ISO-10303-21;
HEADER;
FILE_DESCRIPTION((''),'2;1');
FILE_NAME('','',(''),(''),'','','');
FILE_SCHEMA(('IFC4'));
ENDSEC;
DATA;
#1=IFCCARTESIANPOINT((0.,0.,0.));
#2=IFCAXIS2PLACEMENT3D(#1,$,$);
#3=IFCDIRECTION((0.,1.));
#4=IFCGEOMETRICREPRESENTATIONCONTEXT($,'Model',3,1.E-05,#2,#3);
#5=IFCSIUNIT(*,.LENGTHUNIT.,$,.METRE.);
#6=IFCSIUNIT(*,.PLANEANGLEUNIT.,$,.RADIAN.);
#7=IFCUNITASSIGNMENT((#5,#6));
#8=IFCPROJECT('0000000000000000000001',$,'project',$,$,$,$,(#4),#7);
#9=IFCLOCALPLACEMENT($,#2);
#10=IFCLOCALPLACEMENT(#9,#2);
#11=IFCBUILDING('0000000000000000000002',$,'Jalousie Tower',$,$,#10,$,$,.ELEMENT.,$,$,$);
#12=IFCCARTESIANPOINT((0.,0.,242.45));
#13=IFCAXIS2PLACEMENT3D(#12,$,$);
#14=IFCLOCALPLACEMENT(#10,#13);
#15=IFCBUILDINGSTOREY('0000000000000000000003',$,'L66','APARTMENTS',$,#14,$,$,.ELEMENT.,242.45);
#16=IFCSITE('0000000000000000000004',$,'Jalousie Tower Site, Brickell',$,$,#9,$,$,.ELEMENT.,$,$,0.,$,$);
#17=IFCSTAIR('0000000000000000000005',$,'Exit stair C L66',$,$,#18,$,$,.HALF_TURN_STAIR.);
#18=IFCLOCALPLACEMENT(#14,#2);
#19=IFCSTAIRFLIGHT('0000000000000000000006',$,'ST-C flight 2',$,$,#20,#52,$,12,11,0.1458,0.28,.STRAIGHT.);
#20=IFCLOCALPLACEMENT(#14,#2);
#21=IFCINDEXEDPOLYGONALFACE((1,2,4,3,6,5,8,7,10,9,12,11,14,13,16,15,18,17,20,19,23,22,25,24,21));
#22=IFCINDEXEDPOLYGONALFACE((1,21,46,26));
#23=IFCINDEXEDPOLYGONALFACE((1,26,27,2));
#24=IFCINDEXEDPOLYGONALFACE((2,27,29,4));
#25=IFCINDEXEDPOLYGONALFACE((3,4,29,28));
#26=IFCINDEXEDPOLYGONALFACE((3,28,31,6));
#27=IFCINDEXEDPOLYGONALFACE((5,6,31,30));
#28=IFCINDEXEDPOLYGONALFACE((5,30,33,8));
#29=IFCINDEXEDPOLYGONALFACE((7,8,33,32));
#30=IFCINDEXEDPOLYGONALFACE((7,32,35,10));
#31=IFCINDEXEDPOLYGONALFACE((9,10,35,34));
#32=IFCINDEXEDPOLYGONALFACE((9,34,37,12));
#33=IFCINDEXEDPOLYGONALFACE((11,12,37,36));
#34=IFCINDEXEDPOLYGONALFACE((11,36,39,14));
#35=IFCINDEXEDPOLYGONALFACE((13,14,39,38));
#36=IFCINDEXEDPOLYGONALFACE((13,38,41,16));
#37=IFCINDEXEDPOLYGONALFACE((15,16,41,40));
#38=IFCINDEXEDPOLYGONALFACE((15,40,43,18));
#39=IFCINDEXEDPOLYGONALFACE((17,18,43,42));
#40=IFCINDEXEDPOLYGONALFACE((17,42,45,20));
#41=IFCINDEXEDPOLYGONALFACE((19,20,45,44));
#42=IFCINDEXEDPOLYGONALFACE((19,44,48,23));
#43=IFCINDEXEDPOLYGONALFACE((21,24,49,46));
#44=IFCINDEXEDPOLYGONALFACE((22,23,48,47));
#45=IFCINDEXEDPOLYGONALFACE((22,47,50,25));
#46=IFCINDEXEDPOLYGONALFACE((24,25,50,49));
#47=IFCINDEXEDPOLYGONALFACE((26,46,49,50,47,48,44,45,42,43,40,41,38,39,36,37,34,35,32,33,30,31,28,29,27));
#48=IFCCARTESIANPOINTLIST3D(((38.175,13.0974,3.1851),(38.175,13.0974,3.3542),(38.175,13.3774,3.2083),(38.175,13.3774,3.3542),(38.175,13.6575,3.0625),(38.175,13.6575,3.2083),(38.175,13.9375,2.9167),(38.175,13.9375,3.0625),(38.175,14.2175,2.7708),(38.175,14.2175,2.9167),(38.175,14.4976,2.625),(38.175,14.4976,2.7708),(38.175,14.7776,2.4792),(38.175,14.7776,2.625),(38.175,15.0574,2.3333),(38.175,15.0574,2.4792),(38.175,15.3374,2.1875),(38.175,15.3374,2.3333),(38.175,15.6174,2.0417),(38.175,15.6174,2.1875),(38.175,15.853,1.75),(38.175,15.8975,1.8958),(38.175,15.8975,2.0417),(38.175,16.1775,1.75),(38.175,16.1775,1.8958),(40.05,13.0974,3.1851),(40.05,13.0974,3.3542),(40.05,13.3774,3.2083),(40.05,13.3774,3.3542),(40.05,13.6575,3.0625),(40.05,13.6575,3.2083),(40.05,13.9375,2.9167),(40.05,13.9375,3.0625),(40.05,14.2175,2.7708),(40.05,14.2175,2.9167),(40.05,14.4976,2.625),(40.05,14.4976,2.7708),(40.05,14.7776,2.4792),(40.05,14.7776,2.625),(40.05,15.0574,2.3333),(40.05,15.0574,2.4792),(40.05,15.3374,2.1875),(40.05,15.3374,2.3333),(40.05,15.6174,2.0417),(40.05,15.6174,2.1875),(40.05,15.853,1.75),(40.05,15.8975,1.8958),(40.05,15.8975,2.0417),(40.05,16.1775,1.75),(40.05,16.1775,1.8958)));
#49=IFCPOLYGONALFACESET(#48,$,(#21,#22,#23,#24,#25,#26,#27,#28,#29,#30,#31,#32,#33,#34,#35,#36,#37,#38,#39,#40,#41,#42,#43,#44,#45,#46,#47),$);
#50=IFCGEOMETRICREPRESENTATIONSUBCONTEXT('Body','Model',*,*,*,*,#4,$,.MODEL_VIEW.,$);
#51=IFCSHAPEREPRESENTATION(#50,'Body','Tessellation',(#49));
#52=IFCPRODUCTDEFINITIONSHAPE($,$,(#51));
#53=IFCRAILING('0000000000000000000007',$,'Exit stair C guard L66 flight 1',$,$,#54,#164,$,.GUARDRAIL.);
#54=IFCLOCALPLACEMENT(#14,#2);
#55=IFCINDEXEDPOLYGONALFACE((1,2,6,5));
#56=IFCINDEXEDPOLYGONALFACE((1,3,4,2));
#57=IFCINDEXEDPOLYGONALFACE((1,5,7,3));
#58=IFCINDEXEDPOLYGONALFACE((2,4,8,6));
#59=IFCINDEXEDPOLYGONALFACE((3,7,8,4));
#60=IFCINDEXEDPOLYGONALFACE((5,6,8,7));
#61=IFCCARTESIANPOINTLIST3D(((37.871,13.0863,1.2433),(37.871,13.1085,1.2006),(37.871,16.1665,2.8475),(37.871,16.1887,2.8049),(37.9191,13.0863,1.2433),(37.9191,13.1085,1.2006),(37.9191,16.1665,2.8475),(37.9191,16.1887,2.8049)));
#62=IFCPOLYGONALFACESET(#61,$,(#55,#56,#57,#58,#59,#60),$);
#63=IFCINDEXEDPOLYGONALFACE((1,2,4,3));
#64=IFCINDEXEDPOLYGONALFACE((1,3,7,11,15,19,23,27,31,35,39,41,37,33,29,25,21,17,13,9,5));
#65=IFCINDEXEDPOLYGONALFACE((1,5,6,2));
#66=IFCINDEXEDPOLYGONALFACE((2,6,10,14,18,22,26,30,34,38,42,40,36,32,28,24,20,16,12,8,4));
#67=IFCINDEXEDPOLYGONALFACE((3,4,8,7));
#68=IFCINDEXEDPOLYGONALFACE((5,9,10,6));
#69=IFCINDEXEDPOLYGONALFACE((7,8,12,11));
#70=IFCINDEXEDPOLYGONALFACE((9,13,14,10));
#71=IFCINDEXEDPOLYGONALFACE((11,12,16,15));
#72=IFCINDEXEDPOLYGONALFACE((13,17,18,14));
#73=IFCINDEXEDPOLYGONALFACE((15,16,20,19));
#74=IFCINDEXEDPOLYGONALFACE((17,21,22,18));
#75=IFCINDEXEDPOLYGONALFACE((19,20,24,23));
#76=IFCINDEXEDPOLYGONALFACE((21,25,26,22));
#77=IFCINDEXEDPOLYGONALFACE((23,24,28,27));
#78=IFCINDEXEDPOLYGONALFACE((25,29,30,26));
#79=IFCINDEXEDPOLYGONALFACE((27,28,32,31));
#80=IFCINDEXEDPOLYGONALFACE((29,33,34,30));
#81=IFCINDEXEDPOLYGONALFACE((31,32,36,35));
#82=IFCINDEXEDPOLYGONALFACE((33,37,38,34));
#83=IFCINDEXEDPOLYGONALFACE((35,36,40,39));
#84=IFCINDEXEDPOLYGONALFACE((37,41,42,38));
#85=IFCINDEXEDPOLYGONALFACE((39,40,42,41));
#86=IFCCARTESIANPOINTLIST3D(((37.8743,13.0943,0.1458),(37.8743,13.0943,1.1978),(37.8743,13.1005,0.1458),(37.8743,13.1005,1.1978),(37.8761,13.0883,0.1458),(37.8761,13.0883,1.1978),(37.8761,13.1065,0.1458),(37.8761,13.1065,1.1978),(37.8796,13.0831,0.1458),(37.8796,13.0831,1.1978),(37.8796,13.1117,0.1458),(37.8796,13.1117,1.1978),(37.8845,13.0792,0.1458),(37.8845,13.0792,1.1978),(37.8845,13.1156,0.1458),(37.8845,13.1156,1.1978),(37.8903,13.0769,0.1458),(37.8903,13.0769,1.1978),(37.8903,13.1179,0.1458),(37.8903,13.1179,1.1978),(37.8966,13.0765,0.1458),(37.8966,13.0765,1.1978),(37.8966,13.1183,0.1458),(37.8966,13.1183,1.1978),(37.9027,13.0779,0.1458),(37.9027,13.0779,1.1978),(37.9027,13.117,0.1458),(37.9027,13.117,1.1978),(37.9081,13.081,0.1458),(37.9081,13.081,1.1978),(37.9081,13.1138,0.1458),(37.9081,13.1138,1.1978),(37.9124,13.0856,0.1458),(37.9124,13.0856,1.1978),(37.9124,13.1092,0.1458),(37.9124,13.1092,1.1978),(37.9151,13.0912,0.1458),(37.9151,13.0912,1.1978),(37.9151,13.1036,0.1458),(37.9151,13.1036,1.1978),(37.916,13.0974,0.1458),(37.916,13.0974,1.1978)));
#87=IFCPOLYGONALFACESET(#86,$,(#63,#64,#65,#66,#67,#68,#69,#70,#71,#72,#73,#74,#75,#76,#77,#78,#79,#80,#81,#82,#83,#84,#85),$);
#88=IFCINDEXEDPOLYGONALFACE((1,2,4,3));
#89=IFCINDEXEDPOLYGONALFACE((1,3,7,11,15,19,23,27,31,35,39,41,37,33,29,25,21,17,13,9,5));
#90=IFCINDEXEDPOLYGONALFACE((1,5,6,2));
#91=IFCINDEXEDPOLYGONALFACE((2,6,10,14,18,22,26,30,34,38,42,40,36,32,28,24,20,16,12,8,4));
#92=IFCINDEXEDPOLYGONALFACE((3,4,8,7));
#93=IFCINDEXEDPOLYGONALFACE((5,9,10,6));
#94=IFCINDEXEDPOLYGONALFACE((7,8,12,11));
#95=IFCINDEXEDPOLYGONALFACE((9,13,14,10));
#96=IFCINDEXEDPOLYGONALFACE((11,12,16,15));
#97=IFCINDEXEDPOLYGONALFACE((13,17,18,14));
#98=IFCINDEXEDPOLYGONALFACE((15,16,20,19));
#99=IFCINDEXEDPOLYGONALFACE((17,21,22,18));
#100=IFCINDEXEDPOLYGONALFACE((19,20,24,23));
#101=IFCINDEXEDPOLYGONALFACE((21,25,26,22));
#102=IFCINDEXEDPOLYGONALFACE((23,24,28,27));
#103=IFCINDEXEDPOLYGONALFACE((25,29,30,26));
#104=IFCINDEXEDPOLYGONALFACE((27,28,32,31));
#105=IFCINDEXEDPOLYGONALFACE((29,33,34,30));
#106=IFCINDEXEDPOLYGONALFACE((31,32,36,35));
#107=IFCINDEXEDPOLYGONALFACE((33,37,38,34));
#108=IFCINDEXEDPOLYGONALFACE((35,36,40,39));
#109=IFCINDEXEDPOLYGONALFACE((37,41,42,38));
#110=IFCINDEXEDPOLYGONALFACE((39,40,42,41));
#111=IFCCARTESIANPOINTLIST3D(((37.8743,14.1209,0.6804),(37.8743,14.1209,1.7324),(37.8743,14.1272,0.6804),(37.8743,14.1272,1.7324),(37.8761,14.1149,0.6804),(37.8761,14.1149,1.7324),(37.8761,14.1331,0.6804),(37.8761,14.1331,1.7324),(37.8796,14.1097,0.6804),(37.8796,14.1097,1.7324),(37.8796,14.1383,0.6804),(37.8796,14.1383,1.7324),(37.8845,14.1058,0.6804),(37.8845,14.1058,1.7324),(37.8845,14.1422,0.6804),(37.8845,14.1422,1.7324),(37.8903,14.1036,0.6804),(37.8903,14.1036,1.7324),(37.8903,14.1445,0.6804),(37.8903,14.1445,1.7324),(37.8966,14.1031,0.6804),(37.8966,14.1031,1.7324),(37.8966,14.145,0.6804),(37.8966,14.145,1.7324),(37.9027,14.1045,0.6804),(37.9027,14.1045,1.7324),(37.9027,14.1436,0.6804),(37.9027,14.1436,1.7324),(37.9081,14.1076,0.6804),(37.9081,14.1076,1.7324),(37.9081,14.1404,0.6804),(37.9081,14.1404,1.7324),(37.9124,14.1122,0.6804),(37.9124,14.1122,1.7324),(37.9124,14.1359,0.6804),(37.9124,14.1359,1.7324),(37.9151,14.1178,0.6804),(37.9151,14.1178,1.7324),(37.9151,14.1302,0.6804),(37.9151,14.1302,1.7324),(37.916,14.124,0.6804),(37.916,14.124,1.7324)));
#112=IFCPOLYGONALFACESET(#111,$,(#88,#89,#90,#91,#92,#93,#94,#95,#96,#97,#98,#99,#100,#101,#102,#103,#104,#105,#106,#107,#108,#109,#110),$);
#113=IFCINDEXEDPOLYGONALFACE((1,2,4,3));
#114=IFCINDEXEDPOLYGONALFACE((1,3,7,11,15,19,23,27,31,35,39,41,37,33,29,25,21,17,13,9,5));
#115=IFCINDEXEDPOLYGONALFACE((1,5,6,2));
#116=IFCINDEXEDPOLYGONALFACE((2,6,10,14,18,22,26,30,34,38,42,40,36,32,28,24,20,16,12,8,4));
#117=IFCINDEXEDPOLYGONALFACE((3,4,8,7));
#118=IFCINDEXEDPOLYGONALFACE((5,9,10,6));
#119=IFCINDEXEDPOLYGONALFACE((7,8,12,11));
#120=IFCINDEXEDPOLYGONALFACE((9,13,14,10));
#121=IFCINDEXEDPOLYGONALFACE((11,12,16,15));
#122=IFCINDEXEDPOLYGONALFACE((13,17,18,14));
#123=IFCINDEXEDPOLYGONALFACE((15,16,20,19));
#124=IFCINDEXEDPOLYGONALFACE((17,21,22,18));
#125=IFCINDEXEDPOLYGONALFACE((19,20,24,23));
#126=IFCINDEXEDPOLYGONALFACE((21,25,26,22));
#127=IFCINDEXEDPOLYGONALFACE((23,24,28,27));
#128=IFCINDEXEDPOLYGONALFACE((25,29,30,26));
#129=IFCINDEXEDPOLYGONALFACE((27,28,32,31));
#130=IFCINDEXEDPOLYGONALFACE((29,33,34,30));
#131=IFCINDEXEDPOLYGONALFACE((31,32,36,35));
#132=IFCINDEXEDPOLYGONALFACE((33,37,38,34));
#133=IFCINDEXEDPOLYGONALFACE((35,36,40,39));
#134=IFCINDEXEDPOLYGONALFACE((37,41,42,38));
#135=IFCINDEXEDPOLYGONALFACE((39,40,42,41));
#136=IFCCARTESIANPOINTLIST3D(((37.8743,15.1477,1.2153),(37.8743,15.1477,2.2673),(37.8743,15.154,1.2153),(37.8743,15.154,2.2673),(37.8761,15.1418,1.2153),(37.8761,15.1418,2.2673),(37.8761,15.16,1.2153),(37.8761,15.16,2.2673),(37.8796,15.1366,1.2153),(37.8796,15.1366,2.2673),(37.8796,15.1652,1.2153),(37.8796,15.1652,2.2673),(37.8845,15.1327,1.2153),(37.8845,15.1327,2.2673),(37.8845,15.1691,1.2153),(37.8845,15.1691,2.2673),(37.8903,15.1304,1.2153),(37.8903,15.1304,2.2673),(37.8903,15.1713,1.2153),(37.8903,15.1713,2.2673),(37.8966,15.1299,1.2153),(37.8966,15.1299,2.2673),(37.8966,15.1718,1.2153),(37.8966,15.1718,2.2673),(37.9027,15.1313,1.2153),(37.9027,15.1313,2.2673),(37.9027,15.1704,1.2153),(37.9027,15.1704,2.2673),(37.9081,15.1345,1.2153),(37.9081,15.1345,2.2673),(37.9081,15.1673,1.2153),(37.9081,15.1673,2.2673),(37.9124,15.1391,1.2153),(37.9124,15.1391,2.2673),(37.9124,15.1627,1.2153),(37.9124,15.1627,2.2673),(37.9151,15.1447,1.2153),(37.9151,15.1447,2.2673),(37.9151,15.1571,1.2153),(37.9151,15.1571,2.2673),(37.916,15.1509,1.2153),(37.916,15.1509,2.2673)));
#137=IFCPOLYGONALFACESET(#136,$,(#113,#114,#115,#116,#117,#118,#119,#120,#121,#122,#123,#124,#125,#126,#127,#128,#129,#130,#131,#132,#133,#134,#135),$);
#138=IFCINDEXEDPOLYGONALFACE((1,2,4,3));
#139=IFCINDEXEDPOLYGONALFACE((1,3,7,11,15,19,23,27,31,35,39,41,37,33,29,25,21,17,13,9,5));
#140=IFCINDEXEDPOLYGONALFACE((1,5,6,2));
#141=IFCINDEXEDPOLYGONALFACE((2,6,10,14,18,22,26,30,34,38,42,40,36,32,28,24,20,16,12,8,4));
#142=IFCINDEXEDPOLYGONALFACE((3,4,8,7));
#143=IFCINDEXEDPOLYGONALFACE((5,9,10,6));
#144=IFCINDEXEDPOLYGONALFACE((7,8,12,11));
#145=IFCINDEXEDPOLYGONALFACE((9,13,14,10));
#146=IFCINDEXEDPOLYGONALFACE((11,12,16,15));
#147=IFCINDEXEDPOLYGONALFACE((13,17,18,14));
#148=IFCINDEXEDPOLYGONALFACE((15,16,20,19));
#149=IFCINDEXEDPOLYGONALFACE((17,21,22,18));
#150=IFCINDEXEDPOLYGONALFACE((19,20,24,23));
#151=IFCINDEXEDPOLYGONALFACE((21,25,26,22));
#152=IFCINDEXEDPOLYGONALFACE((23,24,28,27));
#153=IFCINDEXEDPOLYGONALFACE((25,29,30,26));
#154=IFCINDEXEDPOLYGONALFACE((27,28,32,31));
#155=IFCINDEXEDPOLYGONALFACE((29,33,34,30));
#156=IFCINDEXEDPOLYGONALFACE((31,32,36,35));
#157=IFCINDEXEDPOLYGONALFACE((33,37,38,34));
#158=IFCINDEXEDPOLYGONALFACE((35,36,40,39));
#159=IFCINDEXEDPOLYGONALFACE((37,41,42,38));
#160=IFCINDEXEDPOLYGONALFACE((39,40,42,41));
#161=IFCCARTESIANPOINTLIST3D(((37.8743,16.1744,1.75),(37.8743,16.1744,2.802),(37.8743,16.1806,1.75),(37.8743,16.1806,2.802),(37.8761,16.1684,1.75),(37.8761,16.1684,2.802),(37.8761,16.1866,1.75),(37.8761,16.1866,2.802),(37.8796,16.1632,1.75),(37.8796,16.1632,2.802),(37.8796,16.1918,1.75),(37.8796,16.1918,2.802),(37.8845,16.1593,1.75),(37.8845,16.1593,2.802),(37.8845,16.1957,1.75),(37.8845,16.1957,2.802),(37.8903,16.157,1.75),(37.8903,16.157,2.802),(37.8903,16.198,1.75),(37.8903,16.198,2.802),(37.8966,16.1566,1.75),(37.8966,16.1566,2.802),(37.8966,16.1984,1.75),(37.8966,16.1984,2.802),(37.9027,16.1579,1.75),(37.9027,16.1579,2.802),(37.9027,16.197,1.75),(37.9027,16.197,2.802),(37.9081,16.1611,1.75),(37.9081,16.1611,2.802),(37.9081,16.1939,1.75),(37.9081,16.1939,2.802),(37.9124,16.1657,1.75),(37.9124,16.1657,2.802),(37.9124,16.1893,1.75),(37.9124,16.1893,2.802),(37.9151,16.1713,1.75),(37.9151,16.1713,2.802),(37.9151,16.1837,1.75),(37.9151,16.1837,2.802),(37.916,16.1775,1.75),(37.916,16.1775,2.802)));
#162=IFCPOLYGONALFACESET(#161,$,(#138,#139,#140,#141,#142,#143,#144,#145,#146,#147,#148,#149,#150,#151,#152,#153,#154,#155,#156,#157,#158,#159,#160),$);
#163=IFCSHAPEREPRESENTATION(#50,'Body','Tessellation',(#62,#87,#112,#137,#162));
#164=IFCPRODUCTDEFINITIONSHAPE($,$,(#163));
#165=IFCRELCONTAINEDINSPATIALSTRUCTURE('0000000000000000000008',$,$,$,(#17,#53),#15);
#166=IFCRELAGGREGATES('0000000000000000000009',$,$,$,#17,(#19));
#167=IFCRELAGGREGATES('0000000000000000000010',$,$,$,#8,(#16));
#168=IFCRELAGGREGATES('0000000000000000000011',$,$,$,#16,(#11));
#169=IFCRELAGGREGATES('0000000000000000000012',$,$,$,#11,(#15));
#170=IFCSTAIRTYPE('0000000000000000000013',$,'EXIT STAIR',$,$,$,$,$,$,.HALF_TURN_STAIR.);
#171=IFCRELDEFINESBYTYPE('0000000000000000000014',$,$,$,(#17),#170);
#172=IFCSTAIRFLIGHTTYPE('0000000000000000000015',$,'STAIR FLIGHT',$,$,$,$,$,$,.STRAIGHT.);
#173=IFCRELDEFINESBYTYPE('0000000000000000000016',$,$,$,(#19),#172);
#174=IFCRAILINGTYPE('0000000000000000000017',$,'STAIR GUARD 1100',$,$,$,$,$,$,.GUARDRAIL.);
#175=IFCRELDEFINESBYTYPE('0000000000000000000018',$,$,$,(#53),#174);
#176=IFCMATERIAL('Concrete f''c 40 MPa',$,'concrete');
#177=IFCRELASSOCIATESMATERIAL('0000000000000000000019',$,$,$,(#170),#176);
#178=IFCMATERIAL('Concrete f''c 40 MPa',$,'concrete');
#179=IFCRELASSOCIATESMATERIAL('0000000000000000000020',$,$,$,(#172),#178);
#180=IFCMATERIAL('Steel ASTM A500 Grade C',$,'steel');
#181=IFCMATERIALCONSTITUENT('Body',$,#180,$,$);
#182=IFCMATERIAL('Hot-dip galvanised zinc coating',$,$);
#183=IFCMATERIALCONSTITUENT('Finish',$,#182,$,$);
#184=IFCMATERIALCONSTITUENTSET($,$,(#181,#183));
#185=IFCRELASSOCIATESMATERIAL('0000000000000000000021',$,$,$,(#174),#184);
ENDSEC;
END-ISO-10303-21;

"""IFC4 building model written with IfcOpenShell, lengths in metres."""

from ifc_helpers import new_model, si_unit, direction, frame, origin, origin_2d, place, context, subcontext, project, spatial, polyline, rectangle, circle, outline, extrude, material, constituent, constituent_set, type_object, element, aggregate, save


model = new_model("IFC4")

# Units and contexts
model_context = context("Model", 3, precision=1e-05, world=origin(), true_north=direction((0.0, 1.0)))
body_context = subcontext(model_context, "Body", "Model", "MODEL_VIEW")
ifc_project = project(units=[si_unit("LENGTHUNIT", "METRE"), si_unit("PLANEANGLEUNIT", "RADIAN")], contexts=[model_context])

# Site, building, storey
site_placement = place(None, origin())
site = spatial("IfcSite", under=ifc_project, at=site_placement, Name="Jalousie Tower Site, Brickell", CompositionType="ELEMENT", RefElevation=0.0)
building_placement = place(site_placement, origin())
building = spatial("IfcBuilding", under=site, at=building_placement, Name="Jalousie Tower", CompositionType="ELEMENT")
storey_placement = place(building_placement, frame((0.0, 0.0, 242.45)))
storey = spatial("IfcBuildingStorey", under=building, at=storey_placement, Name="L66", Description="APARTMENTS", CompositionType="ELEMENT", Elevation=242.45)

# Stair, stair flight
ifc_material_1 = material(Name="Concrete f'c 40 MPa", Category="concrete")
stair_type = type_object("IfcStairType", Name="EXIT STAIR", PredefinedType="HALF_TURN_STAIR", material=ifc_material_1)
stair_placement = place(storey_placement, origin())
stair = element("IfcStair", 1, at=stair_placement, inside=storey, type_object=stair_type, Name="Exit stair C L66", PredefinedType="HALF_TURN_STAIR")
ifc_material_2 = material(Name="Concrete f'c 40 MPa", Category="concrete")
stair_flight_type = type_object("IfcStairFlightType", Name="STAIR FLIGHT", PredefinedType="STRAIGHT", material=ifc_material_2)
stair_flight_1_placement = place(storey_placement, frame((39.1125, 16.1775, 1.75), z_axis=(0.0, 0.0, 1.0), x_axis=(0.0, -1.0, 0.0)))
stair_flight_1 = element("IfcStairFlight", 2, at=stair_flight_1_placement, type_object=stair_flight_type, Name="ST-C flight 2", NumberOfRisers=12, NumberOfTreads=11, PredefinedType="STRAIGHT", RiserHeight=0.1458, TreadLength=0.28, context=body_context, shape_type="SweptSolid", body=[
    extrude(outline(polyline([(0.0, 0.0), (0.0, 0.1458), (0.28, 0.1458), (0.28, 0.2917), (0.5601, 0.2917), (0.5601, 0.4375), (0.8401, 0.4375), (0.8401, 0.5833), (1.1201, 0.5833), (1.1201, 0.7292), (1.3999, 0.7292), (1.3999, 0.875), (1.6799, 0.875), (1.6799, 1.0208), (1.96, 1.0208), (1.96, 1.1667), (2.24, 1.1667), (2.24, 1.3125), (2.52, 1.3125), (2.52, 1.4583), (2.8, 1.4583), (2.8, 1.6042), (3.0801, 1.6042), (3.0801, 1.75), (3.0801, 1.4351), (0.3245, 0.0), (0.0, 0.0)])), frame((0.0, 0.9375, 0.0), z_axis=(0.0, -1.0, 0.0), x_axis=(1.0, 0.0, 0.0)), (0.0, 0.0, 1.0), 1.875),
])
aggregate(stair, [stair_flight_1])

# Railing
ifc_material_3 = material(Name="Steel ASTM A500 Grade C", Category="steel")
ifc_constituent_1 = constituent(ifc_material_3, Name="Body")
ifc_material_4 = material(Name="Hot-dip galvanised zinc coating")
ifc_constituent_2 = constituent(ifc_material_4, Name="Finish")
ifc_constituent_set_1 = constituent_set(constituents=[ifc_constituent_1, ifc_constituent_2])
railing_type_1 = type_object("IfcRailingType", Name="STAIR GUARD 1100", PredefinedType="GUARDRAIL", material=ifc_constituent_set_1)
railing_1_placement = place(storey_placement, frame((37.895, 13.0974, 0.1458)))
element("IfcRailing", 3, at=railing_1_placement, inside=storey, type_object=railing_type_1, Name="Exit stair C guard L66 flight 1", PredefinedType="GUARDRAIL", context=body_context, shape_type="SweptSolid", body=[
    extrude(rectangle(XDim=0.0481, YDim=0.0481, at=origin_2d()), frame((0.0, 0.0, 1.0762), z_axis=(0.0, 0.886909, 0.461944), x_axis=(-1.0, 0.0, 0.0)), (0.0, 0.0, 1.0), 3.4729),
    extrude(circle(Radius=0.021, at=origin_2d()), origin(), (0.0, 0.0, 1.0), 1.052),
    extrude(circle(Radius=0.021, at=origin_2d()), frame((0.0, 1.0266, 0.5347)), (0.0, 0.0, 1.0), 1.052),
    extrude(circle(Radius=0.021, at=origin_2d()), frame((0.0, 2.0535, 1.0696)), (0.0, 0.0, 1.0), 1.052),
    extrude(circle(Radius=0.021, at=origin_2d()), frame((0.0, 3.0801, 1.6042)), (0.0, 0.0, 1.0), 1.052),
])

save(model, "model.ifc")
